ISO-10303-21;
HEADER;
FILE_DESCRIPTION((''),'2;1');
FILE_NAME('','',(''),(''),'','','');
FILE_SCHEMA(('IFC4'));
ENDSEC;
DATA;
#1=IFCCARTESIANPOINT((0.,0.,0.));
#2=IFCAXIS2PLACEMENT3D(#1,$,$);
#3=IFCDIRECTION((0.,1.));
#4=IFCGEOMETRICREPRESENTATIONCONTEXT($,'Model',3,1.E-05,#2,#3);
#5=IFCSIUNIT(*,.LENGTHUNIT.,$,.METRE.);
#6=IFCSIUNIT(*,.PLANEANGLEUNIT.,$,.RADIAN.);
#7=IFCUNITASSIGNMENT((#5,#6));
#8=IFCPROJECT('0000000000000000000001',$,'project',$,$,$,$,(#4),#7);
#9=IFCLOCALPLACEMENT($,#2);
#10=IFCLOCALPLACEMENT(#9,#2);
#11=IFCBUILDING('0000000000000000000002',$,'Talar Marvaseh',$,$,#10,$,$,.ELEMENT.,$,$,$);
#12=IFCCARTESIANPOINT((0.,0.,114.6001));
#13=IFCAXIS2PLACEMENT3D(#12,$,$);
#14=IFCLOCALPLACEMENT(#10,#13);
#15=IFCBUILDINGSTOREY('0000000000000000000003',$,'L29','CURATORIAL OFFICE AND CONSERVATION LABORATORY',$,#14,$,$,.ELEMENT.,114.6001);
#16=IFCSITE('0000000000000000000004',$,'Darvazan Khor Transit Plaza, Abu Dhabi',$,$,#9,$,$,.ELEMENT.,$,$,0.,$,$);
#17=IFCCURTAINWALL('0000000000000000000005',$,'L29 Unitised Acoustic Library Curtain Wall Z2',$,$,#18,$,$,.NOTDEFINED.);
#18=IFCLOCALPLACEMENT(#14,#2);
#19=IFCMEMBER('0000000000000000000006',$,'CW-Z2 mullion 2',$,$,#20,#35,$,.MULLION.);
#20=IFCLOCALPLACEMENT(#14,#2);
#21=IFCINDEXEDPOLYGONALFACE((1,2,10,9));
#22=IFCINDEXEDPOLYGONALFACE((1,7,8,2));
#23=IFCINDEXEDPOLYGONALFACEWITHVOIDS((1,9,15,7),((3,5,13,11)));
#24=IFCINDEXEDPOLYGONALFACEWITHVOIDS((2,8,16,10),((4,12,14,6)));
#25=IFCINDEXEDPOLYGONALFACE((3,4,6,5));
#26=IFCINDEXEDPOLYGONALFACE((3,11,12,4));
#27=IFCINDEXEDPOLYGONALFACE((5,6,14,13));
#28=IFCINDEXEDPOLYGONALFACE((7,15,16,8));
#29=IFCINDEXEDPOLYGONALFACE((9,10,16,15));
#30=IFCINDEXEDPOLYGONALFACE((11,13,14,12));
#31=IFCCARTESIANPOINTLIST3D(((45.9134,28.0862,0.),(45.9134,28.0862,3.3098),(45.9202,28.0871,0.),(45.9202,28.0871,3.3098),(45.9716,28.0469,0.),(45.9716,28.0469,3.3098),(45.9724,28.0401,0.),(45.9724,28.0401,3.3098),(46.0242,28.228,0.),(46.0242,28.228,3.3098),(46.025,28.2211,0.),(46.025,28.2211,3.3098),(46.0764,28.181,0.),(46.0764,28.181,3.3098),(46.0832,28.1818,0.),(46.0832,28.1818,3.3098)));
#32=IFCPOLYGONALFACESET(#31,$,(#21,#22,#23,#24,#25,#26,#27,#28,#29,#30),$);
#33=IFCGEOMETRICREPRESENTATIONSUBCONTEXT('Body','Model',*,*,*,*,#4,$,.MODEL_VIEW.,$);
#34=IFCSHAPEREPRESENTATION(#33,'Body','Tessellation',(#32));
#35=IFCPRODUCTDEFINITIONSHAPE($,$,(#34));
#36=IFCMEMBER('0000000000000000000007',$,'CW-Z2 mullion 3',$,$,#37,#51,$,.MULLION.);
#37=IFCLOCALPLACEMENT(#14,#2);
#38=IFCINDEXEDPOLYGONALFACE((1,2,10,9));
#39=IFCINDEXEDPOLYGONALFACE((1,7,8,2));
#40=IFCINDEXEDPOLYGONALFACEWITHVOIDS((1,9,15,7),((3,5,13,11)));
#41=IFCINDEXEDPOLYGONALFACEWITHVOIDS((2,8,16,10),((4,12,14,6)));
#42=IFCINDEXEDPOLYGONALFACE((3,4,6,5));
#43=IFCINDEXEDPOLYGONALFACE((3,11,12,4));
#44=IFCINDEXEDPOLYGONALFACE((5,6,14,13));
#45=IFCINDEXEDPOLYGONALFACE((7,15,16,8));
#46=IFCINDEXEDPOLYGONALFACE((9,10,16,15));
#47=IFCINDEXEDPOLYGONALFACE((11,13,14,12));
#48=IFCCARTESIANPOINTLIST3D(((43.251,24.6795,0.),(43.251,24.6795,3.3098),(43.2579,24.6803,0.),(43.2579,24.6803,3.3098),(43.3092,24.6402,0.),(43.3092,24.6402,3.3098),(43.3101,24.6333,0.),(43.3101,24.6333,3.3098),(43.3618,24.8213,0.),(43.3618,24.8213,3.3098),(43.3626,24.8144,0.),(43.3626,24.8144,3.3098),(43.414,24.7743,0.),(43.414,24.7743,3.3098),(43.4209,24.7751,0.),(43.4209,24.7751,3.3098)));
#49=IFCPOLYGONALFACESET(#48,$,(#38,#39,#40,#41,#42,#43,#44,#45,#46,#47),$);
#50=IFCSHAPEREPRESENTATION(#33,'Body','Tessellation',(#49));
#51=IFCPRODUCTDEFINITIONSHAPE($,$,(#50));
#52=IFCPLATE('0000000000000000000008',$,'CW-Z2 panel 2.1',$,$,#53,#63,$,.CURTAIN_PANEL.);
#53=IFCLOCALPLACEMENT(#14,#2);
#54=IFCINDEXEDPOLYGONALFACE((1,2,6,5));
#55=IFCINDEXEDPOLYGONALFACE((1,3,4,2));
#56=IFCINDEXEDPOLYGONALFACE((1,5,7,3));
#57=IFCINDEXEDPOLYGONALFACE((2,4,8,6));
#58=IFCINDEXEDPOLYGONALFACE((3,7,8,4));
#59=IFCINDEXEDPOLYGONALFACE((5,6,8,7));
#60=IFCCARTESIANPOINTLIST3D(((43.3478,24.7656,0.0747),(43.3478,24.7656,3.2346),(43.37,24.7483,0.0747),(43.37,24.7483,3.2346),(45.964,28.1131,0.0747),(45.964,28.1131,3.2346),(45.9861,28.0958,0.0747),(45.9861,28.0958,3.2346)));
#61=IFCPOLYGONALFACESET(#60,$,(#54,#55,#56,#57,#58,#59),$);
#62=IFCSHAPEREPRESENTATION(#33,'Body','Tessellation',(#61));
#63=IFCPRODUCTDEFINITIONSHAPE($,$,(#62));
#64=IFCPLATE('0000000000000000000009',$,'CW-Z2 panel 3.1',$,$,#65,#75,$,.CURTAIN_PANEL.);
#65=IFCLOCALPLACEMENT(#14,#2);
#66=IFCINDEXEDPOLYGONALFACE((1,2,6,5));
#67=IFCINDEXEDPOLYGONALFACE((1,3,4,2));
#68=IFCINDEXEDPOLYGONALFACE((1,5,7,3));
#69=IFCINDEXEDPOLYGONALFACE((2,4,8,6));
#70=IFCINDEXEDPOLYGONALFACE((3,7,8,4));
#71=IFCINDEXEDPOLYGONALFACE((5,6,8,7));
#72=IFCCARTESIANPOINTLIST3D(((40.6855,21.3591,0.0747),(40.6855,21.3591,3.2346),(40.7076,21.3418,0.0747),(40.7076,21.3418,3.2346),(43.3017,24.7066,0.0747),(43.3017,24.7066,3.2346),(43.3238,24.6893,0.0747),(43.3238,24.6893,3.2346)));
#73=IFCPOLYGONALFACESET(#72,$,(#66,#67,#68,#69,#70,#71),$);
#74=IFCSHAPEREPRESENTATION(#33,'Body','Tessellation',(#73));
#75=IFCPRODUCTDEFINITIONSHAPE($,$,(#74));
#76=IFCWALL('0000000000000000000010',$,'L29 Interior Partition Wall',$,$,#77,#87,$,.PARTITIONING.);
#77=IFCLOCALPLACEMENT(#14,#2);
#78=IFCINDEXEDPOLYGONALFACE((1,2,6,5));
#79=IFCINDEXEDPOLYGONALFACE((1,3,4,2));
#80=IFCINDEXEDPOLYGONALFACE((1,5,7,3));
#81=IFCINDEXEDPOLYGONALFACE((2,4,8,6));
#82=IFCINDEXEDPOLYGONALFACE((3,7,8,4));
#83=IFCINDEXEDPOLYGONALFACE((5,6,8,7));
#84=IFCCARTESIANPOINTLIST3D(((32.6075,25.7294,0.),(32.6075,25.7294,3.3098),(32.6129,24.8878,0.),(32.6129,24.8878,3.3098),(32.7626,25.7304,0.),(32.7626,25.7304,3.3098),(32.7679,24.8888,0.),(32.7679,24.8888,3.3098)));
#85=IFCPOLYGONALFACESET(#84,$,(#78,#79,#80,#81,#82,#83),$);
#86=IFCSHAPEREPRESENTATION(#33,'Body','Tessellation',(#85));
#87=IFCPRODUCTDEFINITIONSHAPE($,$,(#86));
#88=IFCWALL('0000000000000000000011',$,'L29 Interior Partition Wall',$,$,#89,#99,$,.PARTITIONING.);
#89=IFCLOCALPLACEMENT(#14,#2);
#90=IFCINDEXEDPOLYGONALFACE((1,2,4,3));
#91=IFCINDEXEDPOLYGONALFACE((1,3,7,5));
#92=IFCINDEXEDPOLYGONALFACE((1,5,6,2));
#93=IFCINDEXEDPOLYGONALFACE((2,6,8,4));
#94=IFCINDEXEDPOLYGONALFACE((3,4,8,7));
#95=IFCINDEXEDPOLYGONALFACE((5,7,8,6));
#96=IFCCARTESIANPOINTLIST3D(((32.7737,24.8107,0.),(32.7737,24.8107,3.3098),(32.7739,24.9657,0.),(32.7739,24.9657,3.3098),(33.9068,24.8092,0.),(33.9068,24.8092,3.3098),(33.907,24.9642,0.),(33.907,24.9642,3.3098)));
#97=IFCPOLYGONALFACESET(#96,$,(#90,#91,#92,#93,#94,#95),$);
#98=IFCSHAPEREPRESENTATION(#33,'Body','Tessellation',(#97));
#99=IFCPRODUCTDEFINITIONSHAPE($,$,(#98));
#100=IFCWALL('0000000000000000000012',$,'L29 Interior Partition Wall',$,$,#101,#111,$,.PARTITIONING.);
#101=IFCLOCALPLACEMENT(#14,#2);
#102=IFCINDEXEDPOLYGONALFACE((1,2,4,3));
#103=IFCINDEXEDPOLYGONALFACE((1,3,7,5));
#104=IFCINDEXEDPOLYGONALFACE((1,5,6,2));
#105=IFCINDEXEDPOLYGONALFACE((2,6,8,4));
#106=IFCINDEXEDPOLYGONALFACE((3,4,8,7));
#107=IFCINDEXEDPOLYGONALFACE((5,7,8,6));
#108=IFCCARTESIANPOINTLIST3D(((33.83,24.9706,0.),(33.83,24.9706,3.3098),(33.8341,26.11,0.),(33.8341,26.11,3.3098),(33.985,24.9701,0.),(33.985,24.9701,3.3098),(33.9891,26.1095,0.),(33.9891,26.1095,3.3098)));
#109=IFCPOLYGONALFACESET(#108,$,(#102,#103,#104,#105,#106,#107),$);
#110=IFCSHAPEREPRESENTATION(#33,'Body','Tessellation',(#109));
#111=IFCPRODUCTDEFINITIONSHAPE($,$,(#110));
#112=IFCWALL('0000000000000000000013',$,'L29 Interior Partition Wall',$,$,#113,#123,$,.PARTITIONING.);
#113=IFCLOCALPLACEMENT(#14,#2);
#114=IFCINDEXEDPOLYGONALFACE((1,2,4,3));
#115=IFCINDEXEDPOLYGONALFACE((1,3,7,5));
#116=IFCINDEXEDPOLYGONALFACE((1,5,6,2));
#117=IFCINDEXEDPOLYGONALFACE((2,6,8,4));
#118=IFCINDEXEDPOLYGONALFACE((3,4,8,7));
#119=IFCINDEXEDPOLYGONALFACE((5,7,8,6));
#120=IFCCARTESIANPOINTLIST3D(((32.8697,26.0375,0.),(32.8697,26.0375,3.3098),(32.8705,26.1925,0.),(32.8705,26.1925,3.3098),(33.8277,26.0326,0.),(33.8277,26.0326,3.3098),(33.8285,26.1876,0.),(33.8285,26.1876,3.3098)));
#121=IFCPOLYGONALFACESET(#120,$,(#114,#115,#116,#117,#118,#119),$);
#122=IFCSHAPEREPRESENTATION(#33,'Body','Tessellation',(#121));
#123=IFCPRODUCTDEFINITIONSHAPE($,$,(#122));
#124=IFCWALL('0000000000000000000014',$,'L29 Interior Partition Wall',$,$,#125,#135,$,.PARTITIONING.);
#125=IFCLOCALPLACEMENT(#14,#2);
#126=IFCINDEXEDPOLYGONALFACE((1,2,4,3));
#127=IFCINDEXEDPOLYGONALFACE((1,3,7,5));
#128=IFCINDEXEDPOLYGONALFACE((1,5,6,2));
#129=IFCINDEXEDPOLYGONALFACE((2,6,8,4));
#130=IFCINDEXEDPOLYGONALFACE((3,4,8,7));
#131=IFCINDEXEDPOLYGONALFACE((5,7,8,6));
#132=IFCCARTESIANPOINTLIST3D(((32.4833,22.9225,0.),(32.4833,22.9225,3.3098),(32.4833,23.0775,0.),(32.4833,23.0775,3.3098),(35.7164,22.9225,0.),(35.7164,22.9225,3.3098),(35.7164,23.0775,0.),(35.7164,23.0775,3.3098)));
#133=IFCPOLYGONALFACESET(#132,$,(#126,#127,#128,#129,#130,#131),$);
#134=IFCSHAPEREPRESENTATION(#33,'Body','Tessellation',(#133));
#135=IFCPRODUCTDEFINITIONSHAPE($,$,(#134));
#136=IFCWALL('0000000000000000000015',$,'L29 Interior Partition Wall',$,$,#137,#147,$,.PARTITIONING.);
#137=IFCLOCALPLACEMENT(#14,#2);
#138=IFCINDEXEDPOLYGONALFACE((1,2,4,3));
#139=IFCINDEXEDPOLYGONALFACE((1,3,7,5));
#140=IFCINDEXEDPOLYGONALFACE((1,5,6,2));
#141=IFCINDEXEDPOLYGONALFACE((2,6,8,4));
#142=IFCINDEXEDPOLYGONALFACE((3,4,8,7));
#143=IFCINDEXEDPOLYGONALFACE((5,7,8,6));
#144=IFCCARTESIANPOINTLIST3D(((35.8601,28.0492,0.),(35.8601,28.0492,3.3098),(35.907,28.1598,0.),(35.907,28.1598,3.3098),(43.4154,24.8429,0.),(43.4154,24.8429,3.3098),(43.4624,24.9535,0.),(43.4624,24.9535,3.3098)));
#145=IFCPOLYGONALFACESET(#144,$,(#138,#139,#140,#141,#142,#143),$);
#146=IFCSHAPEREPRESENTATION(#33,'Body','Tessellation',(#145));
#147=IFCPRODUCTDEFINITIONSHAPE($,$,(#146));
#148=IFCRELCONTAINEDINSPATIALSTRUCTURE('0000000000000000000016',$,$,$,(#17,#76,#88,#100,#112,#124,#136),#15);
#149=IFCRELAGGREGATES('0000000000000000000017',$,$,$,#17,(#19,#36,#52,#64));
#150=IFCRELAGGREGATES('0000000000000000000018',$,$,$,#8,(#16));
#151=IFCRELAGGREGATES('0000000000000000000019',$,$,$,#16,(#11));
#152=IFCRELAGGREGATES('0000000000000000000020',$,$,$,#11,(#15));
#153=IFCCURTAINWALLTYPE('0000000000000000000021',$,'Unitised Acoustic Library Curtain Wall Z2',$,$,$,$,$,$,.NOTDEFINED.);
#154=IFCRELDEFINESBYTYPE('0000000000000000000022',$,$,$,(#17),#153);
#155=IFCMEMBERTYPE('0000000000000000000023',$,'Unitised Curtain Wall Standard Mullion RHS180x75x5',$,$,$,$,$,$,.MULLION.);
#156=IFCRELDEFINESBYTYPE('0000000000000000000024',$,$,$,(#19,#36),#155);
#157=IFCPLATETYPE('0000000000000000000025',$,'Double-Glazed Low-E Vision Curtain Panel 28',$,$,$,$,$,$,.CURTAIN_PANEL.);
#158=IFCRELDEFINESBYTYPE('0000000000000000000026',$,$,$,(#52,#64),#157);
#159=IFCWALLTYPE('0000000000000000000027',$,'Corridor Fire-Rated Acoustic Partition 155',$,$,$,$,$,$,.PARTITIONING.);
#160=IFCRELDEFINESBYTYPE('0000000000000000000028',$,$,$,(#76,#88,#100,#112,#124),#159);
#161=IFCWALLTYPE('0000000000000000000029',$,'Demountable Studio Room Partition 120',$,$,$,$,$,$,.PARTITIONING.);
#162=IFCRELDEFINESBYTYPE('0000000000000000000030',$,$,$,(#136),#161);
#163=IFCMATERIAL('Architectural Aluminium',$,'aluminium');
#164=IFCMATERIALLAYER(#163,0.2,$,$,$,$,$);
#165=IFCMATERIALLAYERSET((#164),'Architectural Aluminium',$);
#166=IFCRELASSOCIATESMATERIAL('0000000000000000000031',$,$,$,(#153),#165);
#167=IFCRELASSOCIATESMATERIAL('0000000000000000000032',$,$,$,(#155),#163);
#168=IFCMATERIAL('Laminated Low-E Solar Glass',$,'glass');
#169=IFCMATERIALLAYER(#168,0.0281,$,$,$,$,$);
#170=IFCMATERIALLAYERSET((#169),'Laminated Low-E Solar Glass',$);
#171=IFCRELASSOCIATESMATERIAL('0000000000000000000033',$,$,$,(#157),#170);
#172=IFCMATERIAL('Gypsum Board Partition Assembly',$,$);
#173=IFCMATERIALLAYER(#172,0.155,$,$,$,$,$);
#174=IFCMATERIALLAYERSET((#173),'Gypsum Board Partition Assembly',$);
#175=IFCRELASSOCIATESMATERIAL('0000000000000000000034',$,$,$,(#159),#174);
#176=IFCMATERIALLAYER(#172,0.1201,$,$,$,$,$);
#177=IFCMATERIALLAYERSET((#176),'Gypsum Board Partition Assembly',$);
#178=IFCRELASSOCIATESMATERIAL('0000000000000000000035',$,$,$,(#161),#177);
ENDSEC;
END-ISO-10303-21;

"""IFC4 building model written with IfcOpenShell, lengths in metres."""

from ifc_helpers import new_model, si_unit, direction, frame, frame_2d, origin, origin_2d, place, context, subcontext, project, spatial, rectangle, hollow_rectangle, extrude, source, transform, mapped, material, layer, layer_set, material_profile, profile_set, type_object, type_shapes, element, aggregate, save


model = new_model("IFC4")

# Units and contexts
model_context = context("Model", 3, precision=1e-05, world=origin(), true_north=direction((0.0, 1.0)))
body_context = subcontext(model_context, "Body", "Model", "MODEL_VIEW")
ifc_project = project(units=[si_unit("LENGTHUNIT", "METRE"), si_unit("PLANEANGLEUNIT", "RADIAN")], contexts=[model_context])

# Site, building, storey
site_placement = place(None, origin())
site = spatial("IfcSite", under=ifc_project, at=site_placement, Name="Darvazan Khor Transit Plaza, Abu Dhabi", CompositionType="ELEMENT", RefElevation=0.0)
building_placement = place(site_placement, origin())
building = spatial("IfcBuilding", under=site, at=building_placement, Name="Talar Marvaseh", CompositionType="ELEMENT")
storey_placement = place(building_placement, frame((0.0, 0.0, 114.6001)))
storey = spatial("IfcBuildingStorey", under=building, at=storey_placement, Name="L29", Description="CURATORIAL OFFICE AND CONSERVATION LABORATORY", CompositionType="ELEMENT", Elevation=114.6001)

# Curtain wall, members, plates
ifc_material_1 = material(Name="Architectural Aluminium", Category="aluminium")
ifc_layer_1 = layer(ifc_material_1, 0.2)
ifc_layer_set_1 = layer_set([ifc_layer_1], Name="Architectural Aluminium")
curtain_wall_type = type_object("IfcCurtainWallType", Name="Unitised Acoustic Library Curtain Wall Z2", PredefinedType="NOTDEFINED", material=ifc_layer_set_1)
curtain_wall_placement = place(storey_placement, origin())
curtain_wall = element("IfcCurtainWall", 1, at=curtain_wall_placement, inside=storey, type_object=curtain_wall_type, Name="L29 Unitised Acoustic Library Curtain Wall Z2", PredefinedType="NOTDEFINED")
ifc_material_profile_1 = material_profile(ifc_material_1, hollow_rectangle(XDim=0.075, YDim=0.1799, WallThickness=0.0049, at=origin_2d()), Name="RHS180x75x5")
ifc_profile_set_1 = profile_set([ifc_material_profile_1], Name="Architectural Aluminium")
member_type_1 = type_object("IfcMemberType", Name="Unitised Curtain Wall Standard Mullion RHS180x75x5", PredefinedType="MULLION", material=ifc_profile_set_1)
shared_shape_1 = source(origin(), body_context, "Body", "SweptSolid", [
    extrude(hollow_rectangle(XDim=0.075, YDim=0.1799, WallThickness=0.0049, at=origin_2d()), origin(), (0.0, 0.0, 1.0), 3.3098),
])
type_shapes(member_type_1, [shared_shape_1])
member_1_placement = place(storey_placement, frame((45.9983, 28.134, 0.0), z_axis=(0.0, 0.0, 1.0), x_axis=(0.787916, -0.615783, 0.0)))
member_1 = element("IfcMember", 2, at=member_1_placement, type_object=member_type_1, Name="CW-Z2 mullion 2", PredefinedType="MULLION", context=body_context, shape_type="MappedRepresentation", body=[
    mapped(shared_shape_1, transform((0.0, 0.0, 0.0), x_axis=(1.0, 0.0, 0.0), y_axis=(0.0, 1.0, 0.0), z_axis=(0.0, 0.0, 1.0), scale=1.0)),
])
member_2_placement = place(storey_placement, frame((43.3359, 24.7273, 0.0), z_axis=(0.0, 0.0, 1.0), x_axis=(0.787916, -0.615783, 0.0)))
member_2 = element("IfcMember", 3, at=member_2_placement, type_object=member_type_1, Name="CW-Z2 mullion 3", PredefinedType="MULLION", context=body_context, shape_type="MappedRepresentation", body=[
    mapped(shared_shape_1, transform((0.0, 0.0, 0.0), x_axis=(1.0, 0.0, 0.0), y_axis=(0.0, 1.0, 0.0), z_axis=(0.0, 0.0, 1.0), scale=1.0)),
])
ifc_material_2 = material(Name="Laminated Low-E Solar Glass", Category="glass")
ifc_layer_2 = layer(ifc_material_2, 0.0281)
ifc_layer_set_2 = layer_set([ifc_layer_2], Name="Laminated Low-E Solar Glass")
plate_type = type_object("IfcPlateType", Name="Double-Glazed Low-E Vision Curtain Panel 28", PredefinedType="CURTAIN_PANEL", material=ifc_layer_set_2)
shared_shape_2 = source(origin(), body_context, "Body", "SweptSolid", [
    extrude(rectangle(XDim=4.2485, YDim=0.0281, at=origin_2d()), origin(), (0.0, 0.0, 1.0), 3.1599),
])
type_shapes(plate_type, [shared_shape_2])
plate_1_placement = place(storey_placement, frame((44.667, 26.4307, 0.0747), z_axis=(0.0, 0.0, 1.0), x_axis=(-0.615783, -0.787916, 0.0)))
plate_1 = element("IfcPlate", 4, at=plate_1_placement, type_object=plate_type, Name="CW-Z2 panel 2.1", PredefinedType="CURTAIN_PANEL", context=body_context, shape_type="MappedRepresentation", body=[
    mapped(shared_shape_2, transform((0.0, 0.0, 0.0), x_axis=(1.0, 0.0, 0.0), y_axis=(0.0, 1.0, 0.0), z_axis=(0.0, 0.0, 1.0), scale=1.0)),
])
plate_2_placement = place(storey_placement, frame((42.0046, 23.0242, 0.0747), z_axis=(0.0, 0.0, 1.0), x_axis=(-0.615783, -0.787916, 0.0)))
plate_2 = element("IfcPlate", 5, at=plate_2_placement, type_object=plate_type, Name="CW-Z2 panel 3.1", PredefinedType="CURTAIN_PANEL", context=body_context, shape_type="MappedRepresentation", body=[
    mapped(shared_shape_2, transform((0.0, 0.0, 0.0), x_axis=(1.0, 0.0, 0.0), y_axis=(0.0, 1.0, 0.0), z_axis=(0.0, 0.0, 1.0), scale=1.0)),
])
aggregate(curtain_wall, [member_1, member_2, plate_1, plate_2])

# Walls
ifc_material_3 = material(Name="Gypsum Board Partition Assembly")
ifc_layer_3 = layer(ifc_material_3, 0.155)
ifc_layer_set_3 = layer_set([ifc_layer_3], Name="Gypsum Board Partition Assembly")
wall_type_1 = type_object("IfcWallType", Name="Corridor Fire-Rated Acoustic Partition 155", PredefinedType="PARTITIONING", material=ifc_layer_set_3)
wall_1_placement = place(storey_placement, frame((32.6851, 25.73, 0.0), z_axis=(0.0, 0.0, 1.0), x_axis=(0.006382, -0.99998, 0.0)))
element("IfcWall", 6, at=wall_1_placement, inside=storey, type_object=wall_type_1, Name="L29 Interior Partition Wall", PredefinedType="PARTITIONING", context=body_context, shape_type="SweptSolid", body=[
    extrude(rectangle(XDim=0.8416, YDim=0.155, at=frame_2d((0.4209, 0.0))), origin(), (0.0, 0.0, 1.0), 3.3098),
])
wall_2_placement = place(storey_placement, frame((32.7739, 24.8882, 0.0), z_axis=(0.0, 0.0, 1.0), x_axis=(0.999999, -0.001293, 0.0)))
element("IfcWall", 7, at=wall_2_placement, inside=storey, type_object=wall_type_1, Name="L29 Interior Partition Wall", PredefinedType="PARTITIONING", context=body_context, shape_type="SweptSolid", body=[
    extrude(rectangle(XDim=1.1331, YDim=0.155, at=frame_2d((0.5664, 0.0))), origin(), (0.0, 0.0, 1.0), 3.3098),
])
wall_3_placement = place(storey_placement, frame((33.9075, 24.9702, 0.0), z_axis=(0.0, 0.0, 1.0), x_axis=(0.003643, 0.999993, 0.0)))
element("IfcWall", 8, at=wall_3_placement, inside=storey, type_object=wall_type_1, Name="L29 Interior Partition Wall", PredefinedType="PARTITIONING", context=body_context, shape_type="SweptSolid", body=[
    extrude(rectangle(XDim=1.1394, YDim=0.155, at=frame_2d((0.5698, 0.0))), origin(), (0.0, 0.0, 1.0), 3.3098),
])
wall_4_placement = place(storey_placement, frame((33.8281, 26.1101, 0.0), z_axis=(0.0, 0.0, 1.0), x_axis=(-0.999987, 0.005097, 0.0)))
element("IfcWall", 9, at=wall_4_placement, inside=storey, type_object=wall_type_1, Name="L29 Interior Partition Wall", PredefinedType="PARTITIONING", context=body_context, shape_type="SweptSolid", body=[
    extrude(rectangle(XDim=0.958, YDim=0.155, at=frame_2d((0.479, 0.0))), origin(), (0.0, 0.0, 1.0), 3.3098),
])
wall_5_placement = place(storey_placement, frame((35.7166, 23.0, 0.0), z_axis=(0.0, 0.0, 1.0), x_axis=(-1.0, 0.0, 0.0)))
element("IfcWall", 10, at=wall_5_placement, inside=storey, type_object=wall_type_1, Name="L29 Interior Partition Wall", PredefinedType="PARTITIONING", context=body_context, shape_type="SweptSolid", body=[
    extrude(rectangle(XDim=3.2332, YDim=0.155, at=frame_2d((1.6167, 0.0))), origin(), (0.0, 0.0, 1.0), 3.3098),
])
ifc_layer_4 = layer(ifc_material_3, 0.1201)
ifc_layer_set_4 = layer_set([ifc_layer_4], Name="Gypsum Board Partition Assembly")
wall_type_2 = type_object("IfcWallType", Name="Demountable Studio Room Partition 120", PredefinedType="PARTITIONING", material=ifc_layer_set_4)
wall_6_placement = place(storey_placement, frame((35.8835, 28.1045, 0.0), z_axis=(0.0, 0.0, 1.0), x_axis=(0.920539, -0.39065, 0.0)))
element("IfcWall", 11, at=wall_6_placement, inside=storey, type_object=wall_type_2, Name="L29 Interior Partition Wall", PredefinedType="PARTITIONING", context=body_context, shape_type="SweptSolid", body=[
    extrude(rectangle(XDim=8.2075, YDim=0.1201, at=frame_2d((4.1038, 0.0))), origin(), (0.0, 0.0, 1.0), 3.3098),
])

save(model, "model.ifc")
